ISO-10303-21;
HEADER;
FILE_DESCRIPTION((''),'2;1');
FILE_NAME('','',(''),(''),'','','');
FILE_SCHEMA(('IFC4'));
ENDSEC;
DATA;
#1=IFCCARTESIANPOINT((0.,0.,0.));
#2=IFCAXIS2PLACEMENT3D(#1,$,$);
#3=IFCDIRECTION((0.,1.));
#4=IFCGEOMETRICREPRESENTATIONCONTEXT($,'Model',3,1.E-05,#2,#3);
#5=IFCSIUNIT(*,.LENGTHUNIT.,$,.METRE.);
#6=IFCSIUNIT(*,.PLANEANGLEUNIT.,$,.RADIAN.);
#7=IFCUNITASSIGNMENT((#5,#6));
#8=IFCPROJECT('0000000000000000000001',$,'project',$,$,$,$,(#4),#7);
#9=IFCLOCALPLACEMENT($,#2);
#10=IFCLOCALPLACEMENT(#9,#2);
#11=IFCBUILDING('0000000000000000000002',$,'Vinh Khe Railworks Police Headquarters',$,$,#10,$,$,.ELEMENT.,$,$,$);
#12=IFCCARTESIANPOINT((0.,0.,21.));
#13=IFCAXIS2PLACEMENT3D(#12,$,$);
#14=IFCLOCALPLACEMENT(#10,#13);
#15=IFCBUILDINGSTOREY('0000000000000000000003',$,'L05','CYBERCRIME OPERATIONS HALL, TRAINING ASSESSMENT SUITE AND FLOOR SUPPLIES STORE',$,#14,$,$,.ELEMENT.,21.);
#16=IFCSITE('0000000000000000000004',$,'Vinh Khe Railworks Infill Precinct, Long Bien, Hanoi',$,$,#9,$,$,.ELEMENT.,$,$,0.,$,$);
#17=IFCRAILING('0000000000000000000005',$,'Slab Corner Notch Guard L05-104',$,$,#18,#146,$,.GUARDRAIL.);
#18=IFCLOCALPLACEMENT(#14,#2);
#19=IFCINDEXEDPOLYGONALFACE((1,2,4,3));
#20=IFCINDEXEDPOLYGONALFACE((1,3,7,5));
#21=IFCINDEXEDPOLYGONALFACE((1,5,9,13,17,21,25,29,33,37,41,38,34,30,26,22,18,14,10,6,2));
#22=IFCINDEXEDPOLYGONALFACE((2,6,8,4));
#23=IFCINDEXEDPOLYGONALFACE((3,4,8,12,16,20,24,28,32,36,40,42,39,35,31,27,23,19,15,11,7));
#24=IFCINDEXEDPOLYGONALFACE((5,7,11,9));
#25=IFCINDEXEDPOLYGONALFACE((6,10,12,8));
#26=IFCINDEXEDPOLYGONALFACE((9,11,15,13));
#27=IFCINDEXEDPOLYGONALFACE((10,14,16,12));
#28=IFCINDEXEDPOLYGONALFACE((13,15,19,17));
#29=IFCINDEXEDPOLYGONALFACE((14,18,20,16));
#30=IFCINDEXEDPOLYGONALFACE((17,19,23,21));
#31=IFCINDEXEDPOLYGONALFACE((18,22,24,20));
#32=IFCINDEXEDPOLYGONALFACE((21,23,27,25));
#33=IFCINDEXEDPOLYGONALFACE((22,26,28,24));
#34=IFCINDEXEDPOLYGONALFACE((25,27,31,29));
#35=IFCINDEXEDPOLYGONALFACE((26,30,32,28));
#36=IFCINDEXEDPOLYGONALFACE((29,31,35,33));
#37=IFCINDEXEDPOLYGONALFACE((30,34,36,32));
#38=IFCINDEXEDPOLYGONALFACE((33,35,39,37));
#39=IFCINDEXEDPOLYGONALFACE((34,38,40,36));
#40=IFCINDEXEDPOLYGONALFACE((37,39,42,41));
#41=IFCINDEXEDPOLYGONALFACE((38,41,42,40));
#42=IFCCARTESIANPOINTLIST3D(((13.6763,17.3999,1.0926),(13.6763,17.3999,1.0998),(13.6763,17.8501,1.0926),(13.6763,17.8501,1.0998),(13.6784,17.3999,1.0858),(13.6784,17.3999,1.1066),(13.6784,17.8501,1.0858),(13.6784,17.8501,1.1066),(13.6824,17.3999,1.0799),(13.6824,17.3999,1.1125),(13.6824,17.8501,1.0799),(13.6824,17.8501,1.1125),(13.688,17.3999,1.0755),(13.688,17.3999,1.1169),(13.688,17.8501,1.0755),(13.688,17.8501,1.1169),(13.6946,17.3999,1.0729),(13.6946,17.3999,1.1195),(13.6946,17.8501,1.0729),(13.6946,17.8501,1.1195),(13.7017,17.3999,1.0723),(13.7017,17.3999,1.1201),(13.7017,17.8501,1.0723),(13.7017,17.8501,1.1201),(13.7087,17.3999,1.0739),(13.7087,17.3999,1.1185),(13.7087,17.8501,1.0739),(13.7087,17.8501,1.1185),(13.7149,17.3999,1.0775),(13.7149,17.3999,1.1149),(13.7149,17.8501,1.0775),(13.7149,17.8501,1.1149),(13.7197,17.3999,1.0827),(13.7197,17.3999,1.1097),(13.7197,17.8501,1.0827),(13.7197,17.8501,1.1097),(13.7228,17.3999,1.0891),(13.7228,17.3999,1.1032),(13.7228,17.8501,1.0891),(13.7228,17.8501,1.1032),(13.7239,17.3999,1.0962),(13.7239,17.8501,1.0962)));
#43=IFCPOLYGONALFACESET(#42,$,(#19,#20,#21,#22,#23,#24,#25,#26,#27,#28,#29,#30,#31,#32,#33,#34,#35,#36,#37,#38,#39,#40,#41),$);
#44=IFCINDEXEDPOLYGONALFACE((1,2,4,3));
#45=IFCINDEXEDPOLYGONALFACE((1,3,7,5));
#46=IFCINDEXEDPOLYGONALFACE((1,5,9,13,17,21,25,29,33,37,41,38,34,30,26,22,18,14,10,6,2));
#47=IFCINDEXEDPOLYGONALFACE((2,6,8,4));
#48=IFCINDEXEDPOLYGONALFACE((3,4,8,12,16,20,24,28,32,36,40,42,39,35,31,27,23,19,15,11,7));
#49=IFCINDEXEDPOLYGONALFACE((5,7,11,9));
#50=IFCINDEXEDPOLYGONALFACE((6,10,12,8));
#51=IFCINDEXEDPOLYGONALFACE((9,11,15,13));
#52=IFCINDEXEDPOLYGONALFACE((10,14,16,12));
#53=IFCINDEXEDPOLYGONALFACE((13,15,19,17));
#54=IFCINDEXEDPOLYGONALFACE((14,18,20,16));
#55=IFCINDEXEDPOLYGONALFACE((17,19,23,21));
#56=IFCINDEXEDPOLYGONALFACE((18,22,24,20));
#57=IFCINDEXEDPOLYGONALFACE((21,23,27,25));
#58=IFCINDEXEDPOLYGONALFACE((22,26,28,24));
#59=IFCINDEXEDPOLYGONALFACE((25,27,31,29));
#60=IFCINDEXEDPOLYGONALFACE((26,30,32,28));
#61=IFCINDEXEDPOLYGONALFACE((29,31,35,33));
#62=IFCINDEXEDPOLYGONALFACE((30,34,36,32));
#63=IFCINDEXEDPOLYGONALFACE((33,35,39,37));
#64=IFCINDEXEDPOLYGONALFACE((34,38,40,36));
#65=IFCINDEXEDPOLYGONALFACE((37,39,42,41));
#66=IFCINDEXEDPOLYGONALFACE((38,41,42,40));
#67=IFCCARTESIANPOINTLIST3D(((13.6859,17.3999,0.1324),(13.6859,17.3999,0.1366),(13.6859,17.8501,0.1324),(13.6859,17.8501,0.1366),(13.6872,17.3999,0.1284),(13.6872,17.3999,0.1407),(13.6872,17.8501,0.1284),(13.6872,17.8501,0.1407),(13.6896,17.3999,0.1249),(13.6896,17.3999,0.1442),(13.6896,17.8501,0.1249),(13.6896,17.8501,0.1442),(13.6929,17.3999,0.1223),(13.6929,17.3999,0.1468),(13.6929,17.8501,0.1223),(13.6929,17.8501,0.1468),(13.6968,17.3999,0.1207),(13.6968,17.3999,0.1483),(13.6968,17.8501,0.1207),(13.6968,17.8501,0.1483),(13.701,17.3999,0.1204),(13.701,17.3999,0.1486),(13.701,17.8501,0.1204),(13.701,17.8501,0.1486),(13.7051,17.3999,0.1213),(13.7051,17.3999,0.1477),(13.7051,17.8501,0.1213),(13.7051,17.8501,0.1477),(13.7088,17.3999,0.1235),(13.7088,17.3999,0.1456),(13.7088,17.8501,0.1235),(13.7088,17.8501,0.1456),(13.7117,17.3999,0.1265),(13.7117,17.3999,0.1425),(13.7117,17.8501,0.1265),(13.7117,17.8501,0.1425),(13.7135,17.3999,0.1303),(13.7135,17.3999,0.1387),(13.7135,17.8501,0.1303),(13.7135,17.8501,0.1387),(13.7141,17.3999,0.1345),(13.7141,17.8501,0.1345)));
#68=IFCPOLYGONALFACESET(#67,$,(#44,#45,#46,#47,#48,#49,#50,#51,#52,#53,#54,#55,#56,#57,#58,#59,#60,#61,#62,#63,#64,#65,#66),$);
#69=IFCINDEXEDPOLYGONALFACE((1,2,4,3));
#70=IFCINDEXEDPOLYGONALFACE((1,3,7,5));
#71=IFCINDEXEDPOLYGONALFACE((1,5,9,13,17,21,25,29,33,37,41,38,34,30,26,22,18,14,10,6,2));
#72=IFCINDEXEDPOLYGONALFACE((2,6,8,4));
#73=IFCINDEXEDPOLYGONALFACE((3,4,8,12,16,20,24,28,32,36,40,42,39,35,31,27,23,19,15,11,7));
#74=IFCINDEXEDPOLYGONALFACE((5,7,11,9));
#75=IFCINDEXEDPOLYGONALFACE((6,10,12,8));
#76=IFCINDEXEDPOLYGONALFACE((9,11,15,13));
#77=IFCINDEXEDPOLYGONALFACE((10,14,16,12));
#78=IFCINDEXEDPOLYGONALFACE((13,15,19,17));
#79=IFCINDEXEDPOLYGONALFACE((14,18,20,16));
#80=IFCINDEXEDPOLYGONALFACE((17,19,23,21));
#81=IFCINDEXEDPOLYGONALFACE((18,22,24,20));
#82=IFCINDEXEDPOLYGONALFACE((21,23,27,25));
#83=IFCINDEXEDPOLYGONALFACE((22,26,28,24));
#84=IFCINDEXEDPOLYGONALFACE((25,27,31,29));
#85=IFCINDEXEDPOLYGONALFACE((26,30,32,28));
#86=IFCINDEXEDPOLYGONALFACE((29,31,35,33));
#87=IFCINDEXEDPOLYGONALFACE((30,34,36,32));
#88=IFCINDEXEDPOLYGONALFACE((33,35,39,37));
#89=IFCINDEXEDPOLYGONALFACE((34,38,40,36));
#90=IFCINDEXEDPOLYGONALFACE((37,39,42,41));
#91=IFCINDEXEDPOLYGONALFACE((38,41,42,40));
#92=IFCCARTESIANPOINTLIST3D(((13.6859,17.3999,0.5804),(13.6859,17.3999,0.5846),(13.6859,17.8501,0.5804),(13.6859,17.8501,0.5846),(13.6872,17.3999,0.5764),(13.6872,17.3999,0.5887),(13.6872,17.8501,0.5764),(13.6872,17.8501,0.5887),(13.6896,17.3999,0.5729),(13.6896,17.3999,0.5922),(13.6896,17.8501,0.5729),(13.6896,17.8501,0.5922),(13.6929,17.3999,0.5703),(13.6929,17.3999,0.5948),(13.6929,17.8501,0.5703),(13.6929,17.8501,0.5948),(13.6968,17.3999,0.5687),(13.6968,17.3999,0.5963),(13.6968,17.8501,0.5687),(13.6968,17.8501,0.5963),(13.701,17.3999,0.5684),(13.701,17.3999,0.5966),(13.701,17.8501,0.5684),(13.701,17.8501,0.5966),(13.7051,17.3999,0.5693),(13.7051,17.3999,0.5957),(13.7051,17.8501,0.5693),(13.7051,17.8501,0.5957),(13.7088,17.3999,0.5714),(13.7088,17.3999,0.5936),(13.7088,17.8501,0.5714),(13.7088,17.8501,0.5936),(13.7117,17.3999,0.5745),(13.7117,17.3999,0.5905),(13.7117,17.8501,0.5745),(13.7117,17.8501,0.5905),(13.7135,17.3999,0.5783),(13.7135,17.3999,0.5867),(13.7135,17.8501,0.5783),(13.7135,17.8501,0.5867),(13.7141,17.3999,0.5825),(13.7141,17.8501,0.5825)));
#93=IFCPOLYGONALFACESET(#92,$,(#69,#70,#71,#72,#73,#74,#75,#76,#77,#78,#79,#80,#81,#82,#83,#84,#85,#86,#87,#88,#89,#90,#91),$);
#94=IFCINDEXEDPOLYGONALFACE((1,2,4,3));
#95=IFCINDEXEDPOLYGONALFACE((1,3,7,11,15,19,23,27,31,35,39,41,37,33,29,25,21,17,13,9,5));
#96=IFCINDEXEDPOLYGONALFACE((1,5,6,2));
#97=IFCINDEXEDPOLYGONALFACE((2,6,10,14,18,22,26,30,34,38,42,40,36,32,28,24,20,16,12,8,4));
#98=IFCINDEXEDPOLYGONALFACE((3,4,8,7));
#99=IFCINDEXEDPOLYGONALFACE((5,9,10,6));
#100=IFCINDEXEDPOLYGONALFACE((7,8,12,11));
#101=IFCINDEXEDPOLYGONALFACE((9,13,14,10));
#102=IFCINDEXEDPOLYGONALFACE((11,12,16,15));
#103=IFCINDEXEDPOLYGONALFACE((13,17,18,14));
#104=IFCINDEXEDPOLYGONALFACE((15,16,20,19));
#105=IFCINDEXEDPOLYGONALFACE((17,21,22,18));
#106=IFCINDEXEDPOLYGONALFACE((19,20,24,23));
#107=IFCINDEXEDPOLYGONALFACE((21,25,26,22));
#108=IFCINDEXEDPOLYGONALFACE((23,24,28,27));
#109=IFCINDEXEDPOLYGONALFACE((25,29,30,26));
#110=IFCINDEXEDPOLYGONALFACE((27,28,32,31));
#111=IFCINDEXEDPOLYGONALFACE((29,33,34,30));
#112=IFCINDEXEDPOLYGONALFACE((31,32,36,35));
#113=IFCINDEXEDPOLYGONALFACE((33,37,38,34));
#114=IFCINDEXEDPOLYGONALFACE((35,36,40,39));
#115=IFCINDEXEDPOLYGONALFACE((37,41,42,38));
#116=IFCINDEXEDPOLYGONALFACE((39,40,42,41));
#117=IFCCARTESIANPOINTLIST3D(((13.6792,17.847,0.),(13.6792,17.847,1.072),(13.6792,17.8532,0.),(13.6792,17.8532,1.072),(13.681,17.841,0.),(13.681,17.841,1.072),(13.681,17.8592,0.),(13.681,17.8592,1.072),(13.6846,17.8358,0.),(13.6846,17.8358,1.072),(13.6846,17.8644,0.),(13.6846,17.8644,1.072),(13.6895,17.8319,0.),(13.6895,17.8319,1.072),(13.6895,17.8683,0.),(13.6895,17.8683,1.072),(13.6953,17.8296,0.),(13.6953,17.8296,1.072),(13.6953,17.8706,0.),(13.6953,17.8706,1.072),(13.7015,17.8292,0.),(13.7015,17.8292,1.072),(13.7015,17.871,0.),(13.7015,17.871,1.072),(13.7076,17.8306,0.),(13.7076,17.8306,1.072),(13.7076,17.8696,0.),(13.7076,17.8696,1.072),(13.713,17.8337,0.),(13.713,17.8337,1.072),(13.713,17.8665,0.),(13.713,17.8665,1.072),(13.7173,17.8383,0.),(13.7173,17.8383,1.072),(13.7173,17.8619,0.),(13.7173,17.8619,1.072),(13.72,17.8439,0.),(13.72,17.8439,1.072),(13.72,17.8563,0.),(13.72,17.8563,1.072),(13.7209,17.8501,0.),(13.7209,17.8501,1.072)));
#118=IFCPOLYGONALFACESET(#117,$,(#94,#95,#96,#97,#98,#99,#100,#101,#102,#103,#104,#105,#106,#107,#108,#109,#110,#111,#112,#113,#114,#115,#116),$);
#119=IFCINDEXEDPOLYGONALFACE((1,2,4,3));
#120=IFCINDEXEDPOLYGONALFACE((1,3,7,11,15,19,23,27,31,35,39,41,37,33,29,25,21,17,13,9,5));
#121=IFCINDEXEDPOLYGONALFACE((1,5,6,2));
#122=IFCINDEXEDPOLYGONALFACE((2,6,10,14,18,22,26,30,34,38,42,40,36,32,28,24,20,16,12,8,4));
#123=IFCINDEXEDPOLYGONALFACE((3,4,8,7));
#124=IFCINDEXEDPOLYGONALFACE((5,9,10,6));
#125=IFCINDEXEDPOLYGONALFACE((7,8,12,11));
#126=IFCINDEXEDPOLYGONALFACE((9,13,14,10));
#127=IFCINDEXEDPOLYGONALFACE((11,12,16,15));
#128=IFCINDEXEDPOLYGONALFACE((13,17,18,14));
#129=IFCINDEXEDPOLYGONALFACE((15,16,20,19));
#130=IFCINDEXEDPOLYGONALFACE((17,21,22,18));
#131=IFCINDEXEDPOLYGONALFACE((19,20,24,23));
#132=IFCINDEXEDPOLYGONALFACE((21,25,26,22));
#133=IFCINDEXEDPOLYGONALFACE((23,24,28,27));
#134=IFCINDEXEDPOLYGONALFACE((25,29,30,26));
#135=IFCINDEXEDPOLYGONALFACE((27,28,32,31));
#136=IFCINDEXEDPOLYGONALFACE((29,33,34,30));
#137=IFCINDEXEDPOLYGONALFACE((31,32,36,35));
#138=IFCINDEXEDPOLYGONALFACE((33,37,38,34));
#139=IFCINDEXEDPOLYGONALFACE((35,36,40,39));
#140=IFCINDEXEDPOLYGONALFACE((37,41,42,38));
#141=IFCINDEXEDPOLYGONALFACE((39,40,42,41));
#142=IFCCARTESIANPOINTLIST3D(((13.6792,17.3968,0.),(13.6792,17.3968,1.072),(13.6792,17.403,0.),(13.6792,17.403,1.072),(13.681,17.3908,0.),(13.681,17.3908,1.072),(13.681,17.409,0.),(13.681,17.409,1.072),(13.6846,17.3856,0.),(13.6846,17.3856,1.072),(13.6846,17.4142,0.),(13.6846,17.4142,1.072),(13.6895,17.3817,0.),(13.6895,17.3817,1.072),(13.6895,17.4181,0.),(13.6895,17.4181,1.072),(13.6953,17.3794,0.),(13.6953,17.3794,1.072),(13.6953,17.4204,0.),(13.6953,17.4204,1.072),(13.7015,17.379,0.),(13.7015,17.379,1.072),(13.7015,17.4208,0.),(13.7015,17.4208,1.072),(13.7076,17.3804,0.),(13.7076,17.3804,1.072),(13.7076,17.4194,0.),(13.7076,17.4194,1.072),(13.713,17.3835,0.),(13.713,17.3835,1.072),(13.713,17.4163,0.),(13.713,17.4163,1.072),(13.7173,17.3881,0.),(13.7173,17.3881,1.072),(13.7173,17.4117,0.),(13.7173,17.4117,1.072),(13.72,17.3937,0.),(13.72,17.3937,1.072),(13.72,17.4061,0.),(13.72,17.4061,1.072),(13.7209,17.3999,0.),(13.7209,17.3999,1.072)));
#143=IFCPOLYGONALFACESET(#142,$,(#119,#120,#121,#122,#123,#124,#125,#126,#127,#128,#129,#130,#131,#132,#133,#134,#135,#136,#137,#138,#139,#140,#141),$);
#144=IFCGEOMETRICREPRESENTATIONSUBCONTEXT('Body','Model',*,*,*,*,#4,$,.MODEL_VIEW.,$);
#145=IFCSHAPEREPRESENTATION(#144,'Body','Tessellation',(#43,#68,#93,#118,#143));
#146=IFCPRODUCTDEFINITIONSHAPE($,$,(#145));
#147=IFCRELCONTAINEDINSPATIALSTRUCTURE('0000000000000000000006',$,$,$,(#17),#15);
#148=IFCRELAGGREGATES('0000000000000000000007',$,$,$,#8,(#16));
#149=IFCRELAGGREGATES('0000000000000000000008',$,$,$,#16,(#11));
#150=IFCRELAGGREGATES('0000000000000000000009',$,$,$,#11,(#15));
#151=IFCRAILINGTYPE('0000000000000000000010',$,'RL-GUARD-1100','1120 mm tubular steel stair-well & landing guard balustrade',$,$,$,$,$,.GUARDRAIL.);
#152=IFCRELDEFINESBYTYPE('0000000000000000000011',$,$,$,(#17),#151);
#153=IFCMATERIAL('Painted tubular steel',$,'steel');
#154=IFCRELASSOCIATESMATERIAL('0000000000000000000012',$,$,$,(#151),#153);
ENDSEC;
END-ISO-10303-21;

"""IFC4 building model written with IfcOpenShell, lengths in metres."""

from ifc_helpers import new_model, si_unit, direction, frame, origin, origin_2d, place, context, subcontext, project, spatial, circle, extrude, material, type_object, element, save


model = new_model("IFC4")

# Units and contexts
model_context = context("Model", 3, precision=1e-05, world=origin(), true_north=direction((0.0, 1.0)))
body_context = subcontext(model_context, "Body", "Model", "MODEL_VIEW")
ifc_project = project(units=[si_unit("LENGTHUNIT", "METRE"), si_unit("PLANEANGLEUNIT", "RADIAN")], contexts=[model_context])

# Site, building, storey
site_placement = place(None, origin())
site = spatial("IfcSite", under=ifc_project, at=site_placement, Name="Vinh Khe Railworks Infill Precinct, Long Bien, Hanoi", CompositionType="ELEMENT", RefElevation=0.0)
building_placement = place(site_placement, origin())
building = spatial("IfcBuilding", under=site, at=building_placement, Name="Vinh Khe Railworks Police Headquarters", CompositionType="ELEMENT")
storey_placement = place(building_placement, frame((0.0, 0.0, 21.0)))
storey = spatial("IfcBuildingStorey", under=building, at=storey_placement, Name="L05", Description="CYBERCRIME OPERATIONS HALL, TRAINING ASSESSMENT SUITE AND FLOOR SUPPLIES STORE", CompositionType="ELEMENT", Elevation=21.0)

# Railing
ifc_material_1 = material(Name="Painted tubular steel", Category="steel")
railing_type = type_object("IfcRailingType", Name="RL-GUARD-1100", Description="1120 mm tubular steel stair-well & landing guard balustrade", PredefinedType="GUARDRAIL", material=ifc_material_1)
railing_1_placement = place(storey_placement, frame((13.7, 17.8501, 0.0)))
element("IfcRailing", 1, at=railing_1_placement, inside=storey, type_object=railing_type, Name="Slab Corner Notch Guard L05-104", PredefinedType="GUARDRAIL", context=body_context, shape_type="SweptSolid", body=[
    extrude(circle(Radius=0.0239, at=origin_2d()), frame((0.0, 0.0, 1.0962), z_axis=(0.0, -1.0, 0.0), x_axis=(1.0, 0.0, 0.0)), (0.0, 0.0, 1.0), 0.4502),
    extrude(circle(Radius=0.0142, at=origin_2d()), frame((0.0, 0.0, 0.1345), z_axis=(0.0, -1.0, 0.0), x_axis=(1.0, 0.0, 0.0)), (0.0, 0.0, 1.0), 0.4502),
    extrude(circle(Radius=0.0142, at=origin_2d()), frame((0.0, 0.0, 0.5825), z_axis=(0.0, -1.0, 0.0), x_axis=(1.0, 0.0, 0.0)), (0.0, 0.0, 1.0), 0.4502),
    extrude(circle(Radius=0.021, at=origin_2d()), origin(), (0.0, 0.0, 1.0), 1.072),
    extrude(circle(Radius=0.021, at=origin_2d()), frame((0.0, -0.4502, 0.0)), (0.0, 0.0, 1.0), 1.072),
])

save(model, "model.ifc")
